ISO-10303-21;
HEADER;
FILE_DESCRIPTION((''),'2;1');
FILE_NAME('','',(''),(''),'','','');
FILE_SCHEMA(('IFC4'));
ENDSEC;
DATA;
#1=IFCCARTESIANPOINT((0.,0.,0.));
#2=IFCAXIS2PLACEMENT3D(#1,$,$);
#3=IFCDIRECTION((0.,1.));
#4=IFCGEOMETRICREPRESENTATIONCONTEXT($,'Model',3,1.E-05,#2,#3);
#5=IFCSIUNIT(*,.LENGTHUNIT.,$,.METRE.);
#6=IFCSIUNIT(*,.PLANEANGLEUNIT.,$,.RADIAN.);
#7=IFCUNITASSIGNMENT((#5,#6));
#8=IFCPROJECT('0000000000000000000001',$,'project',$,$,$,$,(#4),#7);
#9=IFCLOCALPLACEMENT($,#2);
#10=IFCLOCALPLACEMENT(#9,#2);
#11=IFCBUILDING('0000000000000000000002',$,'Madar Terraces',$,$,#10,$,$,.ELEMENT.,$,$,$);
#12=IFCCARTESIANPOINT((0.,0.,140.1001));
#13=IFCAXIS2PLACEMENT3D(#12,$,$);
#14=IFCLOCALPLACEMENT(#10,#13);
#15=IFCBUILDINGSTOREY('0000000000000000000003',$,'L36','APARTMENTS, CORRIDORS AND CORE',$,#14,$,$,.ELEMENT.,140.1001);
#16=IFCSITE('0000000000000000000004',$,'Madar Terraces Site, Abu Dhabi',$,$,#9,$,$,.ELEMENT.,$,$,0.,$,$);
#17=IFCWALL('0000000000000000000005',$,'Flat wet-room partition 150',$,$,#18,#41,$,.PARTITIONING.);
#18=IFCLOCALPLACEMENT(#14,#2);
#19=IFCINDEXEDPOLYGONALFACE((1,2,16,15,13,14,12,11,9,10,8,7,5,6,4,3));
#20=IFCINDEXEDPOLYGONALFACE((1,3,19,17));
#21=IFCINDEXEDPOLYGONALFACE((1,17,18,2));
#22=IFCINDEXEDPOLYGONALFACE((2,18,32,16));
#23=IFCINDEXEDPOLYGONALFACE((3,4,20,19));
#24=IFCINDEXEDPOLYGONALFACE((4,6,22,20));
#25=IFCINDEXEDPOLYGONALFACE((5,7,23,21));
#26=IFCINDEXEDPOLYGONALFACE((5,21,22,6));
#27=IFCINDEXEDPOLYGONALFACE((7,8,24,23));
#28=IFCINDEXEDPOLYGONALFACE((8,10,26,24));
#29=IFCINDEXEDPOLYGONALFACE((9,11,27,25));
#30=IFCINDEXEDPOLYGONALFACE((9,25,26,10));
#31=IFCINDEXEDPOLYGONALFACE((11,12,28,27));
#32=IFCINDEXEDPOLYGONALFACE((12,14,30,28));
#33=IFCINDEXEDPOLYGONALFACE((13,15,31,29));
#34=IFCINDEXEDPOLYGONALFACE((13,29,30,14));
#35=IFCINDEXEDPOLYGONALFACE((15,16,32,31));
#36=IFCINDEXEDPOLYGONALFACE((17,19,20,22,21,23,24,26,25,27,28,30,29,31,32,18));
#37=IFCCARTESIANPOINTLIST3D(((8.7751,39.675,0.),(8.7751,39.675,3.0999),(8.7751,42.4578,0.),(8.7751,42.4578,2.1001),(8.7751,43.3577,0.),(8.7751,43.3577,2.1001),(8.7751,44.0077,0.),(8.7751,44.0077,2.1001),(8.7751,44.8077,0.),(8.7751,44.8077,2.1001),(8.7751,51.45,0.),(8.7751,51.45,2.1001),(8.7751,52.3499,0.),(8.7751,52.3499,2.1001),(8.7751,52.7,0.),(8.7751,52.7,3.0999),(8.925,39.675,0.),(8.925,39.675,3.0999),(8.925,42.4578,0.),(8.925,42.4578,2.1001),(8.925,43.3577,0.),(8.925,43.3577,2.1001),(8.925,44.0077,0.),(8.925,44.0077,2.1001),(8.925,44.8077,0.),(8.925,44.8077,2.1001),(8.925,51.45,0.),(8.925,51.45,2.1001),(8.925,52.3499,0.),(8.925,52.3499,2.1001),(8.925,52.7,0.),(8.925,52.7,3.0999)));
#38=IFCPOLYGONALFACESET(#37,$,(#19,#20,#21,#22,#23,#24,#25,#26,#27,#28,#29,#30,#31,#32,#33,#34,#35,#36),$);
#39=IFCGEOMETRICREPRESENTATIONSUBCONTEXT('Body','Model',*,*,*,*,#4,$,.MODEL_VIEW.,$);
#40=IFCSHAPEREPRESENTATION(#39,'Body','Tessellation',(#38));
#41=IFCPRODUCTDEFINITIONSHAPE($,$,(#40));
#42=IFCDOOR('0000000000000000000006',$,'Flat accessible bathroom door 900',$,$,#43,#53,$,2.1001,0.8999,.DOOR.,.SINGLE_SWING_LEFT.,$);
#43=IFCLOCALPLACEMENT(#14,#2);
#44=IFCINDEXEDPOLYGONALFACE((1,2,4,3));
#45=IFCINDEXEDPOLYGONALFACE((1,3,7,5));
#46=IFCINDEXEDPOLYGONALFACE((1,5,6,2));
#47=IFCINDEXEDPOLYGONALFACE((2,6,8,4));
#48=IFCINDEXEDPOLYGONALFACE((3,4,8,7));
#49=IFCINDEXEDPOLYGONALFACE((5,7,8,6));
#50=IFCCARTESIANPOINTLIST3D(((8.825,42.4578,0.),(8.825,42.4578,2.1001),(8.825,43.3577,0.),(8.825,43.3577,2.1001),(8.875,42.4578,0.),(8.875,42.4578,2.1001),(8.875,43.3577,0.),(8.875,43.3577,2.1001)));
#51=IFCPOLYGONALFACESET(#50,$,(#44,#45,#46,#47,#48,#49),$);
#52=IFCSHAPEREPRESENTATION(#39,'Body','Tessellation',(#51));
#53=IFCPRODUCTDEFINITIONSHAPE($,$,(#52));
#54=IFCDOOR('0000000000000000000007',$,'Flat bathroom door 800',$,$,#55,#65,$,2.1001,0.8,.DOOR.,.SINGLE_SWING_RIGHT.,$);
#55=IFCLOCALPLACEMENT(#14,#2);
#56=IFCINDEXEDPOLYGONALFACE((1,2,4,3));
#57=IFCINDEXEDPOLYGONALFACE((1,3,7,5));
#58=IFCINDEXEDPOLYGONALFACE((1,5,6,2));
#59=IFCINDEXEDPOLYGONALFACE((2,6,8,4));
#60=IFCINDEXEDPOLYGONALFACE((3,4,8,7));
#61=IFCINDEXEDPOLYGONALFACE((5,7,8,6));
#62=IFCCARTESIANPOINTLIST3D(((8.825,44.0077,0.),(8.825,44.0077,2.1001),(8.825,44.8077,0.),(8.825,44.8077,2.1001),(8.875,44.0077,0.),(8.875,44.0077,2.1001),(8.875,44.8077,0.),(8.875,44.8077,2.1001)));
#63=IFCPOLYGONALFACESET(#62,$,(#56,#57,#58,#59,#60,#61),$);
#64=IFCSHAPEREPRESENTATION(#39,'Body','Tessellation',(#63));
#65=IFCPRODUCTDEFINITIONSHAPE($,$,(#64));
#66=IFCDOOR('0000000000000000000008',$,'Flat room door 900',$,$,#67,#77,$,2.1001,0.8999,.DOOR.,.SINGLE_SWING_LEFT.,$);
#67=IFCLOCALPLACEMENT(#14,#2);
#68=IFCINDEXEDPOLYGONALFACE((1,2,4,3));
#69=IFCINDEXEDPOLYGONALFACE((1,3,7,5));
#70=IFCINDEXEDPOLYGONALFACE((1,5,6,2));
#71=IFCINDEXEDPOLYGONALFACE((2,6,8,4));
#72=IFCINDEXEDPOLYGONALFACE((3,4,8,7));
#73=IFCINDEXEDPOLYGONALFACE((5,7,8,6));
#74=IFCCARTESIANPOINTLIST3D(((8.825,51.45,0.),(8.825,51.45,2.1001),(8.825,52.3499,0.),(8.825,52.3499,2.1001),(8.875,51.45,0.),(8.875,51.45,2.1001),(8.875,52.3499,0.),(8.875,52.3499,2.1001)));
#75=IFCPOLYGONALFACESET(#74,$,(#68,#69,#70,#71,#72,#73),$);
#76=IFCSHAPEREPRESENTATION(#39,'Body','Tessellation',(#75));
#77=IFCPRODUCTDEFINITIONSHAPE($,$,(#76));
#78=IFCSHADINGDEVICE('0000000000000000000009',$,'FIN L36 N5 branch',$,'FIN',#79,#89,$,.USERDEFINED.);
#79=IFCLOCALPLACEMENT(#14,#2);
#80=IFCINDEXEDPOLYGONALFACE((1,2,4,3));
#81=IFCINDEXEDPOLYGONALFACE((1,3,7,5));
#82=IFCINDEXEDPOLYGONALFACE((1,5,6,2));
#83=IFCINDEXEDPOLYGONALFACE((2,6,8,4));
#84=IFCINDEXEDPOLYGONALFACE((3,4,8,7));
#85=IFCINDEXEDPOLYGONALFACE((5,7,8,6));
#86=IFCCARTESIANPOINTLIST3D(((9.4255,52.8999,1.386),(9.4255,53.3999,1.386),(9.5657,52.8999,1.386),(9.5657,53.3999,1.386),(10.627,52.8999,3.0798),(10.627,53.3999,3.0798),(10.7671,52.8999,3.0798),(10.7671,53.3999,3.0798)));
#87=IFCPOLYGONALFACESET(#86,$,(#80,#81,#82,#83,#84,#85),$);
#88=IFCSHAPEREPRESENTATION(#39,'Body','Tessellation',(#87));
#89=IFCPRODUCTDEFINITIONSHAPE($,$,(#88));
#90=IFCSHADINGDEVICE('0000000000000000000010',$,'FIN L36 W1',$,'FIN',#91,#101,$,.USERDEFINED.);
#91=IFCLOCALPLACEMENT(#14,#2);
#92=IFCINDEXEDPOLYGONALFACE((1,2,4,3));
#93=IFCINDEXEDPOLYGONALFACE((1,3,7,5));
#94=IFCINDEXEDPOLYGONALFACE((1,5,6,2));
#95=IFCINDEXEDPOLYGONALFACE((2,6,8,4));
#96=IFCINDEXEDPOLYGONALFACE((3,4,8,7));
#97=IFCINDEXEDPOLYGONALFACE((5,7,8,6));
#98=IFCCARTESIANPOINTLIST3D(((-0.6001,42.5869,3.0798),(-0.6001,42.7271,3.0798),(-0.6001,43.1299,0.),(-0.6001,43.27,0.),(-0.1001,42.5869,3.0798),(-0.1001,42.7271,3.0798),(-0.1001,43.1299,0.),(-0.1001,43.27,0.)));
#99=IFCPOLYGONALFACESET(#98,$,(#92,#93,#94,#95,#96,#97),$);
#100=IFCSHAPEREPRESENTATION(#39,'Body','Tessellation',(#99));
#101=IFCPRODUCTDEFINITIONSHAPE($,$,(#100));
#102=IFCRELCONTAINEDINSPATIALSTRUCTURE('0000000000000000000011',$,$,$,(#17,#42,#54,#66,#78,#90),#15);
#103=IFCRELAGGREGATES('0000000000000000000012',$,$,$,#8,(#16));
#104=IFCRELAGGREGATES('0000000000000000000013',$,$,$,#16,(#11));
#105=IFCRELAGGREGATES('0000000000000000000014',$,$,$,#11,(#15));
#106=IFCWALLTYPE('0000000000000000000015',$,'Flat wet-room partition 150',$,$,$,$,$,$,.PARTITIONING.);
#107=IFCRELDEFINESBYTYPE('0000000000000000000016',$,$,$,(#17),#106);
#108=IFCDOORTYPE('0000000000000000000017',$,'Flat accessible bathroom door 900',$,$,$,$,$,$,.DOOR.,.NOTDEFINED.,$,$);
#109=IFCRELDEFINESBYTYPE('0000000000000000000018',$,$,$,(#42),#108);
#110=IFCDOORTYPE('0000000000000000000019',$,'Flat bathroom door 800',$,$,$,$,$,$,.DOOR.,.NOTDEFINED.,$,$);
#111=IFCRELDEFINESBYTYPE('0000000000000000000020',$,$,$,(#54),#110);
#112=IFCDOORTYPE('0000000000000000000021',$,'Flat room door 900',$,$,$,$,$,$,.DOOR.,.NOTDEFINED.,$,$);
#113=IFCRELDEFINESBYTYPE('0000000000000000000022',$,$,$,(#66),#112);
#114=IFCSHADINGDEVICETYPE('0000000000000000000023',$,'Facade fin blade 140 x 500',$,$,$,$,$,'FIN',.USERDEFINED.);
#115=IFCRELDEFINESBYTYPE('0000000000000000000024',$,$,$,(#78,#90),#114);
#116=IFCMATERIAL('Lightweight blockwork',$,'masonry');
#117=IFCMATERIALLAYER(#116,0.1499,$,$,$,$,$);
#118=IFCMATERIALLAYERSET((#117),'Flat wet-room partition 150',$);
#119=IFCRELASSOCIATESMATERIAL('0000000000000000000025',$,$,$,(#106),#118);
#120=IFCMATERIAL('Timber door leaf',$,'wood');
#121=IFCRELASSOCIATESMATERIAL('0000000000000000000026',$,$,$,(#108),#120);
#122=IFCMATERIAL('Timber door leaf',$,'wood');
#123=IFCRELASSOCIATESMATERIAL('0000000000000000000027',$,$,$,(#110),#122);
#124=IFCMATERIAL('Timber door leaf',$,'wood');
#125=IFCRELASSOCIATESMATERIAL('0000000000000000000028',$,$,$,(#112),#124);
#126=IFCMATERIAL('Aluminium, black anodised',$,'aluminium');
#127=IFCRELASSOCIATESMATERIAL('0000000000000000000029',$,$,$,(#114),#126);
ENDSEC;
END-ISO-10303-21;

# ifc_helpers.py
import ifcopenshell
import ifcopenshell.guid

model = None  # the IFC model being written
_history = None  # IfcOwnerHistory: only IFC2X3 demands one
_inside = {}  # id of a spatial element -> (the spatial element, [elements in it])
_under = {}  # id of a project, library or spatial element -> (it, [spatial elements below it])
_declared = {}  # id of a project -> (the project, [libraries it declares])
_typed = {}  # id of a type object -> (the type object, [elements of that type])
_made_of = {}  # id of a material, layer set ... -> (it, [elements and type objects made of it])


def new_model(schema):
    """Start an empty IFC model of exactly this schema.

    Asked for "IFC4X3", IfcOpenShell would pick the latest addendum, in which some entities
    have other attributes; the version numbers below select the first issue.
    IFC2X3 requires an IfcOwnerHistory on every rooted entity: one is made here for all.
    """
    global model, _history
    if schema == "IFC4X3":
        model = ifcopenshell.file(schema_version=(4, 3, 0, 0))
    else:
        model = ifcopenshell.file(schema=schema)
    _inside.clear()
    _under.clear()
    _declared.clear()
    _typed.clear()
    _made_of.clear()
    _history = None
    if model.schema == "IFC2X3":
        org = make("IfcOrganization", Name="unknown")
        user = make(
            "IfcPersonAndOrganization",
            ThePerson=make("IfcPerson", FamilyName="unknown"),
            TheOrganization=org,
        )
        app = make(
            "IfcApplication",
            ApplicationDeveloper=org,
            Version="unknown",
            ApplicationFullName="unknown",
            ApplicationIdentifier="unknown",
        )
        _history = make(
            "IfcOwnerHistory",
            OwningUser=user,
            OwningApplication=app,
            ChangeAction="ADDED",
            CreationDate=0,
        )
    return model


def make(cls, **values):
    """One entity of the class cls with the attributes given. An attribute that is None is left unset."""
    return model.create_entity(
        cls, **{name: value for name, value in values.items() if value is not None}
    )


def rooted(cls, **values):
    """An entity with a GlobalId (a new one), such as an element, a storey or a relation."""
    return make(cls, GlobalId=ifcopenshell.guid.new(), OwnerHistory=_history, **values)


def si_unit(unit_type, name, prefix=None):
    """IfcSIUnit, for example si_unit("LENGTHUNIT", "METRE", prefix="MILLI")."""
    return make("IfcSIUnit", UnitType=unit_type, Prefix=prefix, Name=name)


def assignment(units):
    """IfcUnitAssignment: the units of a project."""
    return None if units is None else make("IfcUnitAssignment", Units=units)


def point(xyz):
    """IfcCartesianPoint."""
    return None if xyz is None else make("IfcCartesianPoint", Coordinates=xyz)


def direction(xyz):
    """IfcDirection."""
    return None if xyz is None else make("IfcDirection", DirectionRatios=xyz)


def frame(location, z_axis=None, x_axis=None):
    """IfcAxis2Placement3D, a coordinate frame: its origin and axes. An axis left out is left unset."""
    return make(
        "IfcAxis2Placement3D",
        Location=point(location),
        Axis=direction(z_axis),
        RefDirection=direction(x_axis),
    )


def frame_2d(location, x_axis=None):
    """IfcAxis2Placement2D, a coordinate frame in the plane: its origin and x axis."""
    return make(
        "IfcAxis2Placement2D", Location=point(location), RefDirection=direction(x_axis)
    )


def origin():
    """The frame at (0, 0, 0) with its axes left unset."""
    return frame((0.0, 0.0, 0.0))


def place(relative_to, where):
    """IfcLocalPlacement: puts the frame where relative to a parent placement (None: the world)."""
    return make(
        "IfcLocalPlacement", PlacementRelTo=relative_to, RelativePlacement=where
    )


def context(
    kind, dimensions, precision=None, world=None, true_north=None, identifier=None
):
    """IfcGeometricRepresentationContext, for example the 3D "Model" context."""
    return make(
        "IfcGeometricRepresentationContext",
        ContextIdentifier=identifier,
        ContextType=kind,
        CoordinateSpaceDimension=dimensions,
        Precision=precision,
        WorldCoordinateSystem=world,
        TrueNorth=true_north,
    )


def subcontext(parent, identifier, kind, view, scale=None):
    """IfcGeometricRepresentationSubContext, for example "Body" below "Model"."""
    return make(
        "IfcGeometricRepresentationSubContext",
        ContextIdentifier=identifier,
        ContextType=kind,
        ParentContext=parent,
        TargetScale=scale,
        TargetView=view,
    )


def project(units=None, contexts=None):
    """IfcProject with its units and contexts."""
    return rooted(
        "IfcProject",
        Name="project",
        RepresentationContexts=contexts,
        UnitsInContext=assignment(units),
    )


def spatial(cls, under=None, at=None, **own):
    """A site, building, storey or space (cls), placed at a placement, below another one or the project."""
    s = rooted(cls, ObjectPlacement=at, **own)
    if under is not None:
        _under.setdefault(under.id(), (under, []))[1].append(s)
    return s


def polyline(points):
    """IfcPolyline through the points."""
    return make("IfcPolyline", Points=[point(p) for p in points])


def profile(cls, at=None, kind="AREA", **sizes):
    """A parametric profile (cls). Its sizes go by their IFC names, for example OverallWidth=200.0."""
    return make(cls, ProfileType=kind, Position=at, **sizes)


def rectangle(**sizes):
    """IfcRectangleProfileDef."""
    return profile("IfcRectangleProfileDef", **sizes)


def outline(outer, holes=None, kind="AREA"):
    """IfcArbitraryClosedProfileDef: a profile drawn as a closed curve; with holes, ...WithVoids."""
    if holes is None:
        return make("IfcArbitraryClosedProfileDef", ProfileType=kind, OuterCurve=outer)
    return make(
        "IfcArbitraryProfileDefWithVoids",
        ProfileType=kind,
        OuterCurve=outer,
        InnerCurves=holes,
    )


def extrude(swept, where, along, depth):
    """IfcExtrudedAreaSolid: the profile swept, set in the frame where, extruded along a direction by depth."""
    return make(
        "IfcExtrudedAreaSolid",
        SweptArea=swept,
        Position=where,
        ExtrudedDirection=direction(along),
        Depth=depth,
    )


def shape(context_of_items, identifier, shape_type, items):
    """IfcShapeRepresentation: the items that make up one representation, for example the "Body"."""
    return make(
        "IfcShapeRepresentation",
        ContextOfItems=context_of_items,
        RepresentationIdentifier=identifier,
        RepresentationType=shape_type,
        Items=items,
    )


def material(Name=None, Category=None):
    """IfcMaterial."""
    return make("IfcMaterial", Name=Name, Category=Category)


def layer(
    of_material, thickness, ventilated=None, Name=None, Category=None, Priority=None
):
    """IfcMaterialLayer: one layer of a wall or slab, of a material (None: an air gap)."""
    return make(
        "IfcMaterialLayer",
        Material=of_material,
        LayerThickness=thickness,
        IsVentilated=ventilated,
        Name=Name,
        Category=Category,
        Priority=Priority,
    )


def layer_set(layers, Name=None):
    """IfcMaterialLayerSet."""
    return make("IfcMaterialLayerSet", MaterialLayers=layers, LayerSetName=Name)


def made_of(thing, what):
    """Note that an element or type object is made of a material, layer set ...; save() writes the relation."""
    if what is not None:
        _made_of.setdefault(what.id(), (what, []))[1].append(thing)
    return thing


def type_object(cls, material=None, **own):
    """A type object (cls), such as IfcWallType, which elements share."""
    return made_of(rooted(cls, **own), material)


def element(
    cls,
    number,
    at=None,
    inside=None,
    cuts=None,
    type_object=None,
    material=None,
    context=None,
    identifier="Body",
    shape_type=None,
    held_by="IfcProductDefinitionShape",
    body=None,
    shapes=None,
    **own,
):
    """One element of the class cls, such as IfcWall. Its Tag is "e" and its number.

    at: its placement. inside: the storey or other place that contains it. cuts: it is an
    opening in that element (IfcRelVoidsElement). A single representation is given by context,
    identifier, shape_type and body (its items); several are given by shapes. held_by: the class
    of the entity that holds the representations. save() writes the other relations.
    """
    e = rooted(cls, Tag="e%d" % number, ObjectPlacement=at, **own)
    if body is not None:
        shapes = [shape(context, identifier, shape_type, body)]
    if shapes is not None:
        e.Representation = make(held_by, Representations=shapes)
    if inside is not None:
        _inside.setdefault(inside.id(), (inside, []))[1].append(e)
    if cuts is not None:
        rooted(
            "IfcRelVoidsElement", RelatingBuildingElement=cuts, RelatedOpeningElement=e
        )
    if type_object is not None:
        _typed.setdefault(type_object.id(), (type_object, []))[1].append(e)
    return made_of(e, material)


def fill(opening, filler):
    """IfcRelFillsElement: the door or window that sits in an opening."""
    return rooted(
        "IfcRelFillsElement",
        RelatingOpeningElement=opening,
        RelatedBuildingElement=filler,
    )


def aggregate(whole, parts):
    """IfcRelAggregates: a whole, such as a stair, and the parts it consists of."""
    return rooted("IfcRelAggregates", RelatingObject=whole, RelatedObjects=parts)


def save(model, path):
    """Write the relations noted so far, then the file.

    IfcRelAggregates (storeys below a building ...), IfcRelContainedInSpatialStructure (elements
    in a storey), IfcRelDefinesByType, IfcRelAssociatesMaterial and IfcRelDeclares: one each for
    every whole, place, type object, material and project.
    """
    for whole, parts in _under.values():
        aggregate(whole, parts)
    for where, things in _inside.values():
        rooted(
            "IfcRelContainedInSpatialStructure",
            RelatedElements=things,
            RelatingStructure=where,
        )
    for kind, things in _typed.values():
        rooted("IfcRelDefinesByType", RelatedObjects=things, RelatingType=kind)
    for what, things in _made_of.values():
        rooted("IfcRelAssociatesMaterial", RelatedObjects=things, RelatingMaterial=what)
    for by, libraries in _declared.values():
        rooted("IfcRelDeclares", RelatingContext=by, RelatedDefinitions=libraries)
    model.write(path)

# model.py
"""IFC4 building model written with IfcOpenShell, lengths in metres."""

from ifc_helpers import new_model, si_unit, direction, frame, frame_2d, origin, place, context, subcontext, project, spatial, polyline, rectangle, outline, extrude, material, layer, layer_set, type_object, element, fill, save


model = new_model("IFC4")

# Units and contexts
model_context = context("Model", 3, precision=1e-05, world=origin(), true_north=direction((0.0, 1.0)))
body_context = subcontext(model_context, "Body", "Model", "MODEL_VIEW")
ifc_project = project(units=[si_unit("LENGTHUNIT", "METRE"), si_unit("PLANEANGLEUNIT", "RADIAN")], contexts=[model_context])

# Site, building, storey
site_placement = place(None, origin())
site = spatial("IfcSite", under=ifc_project, at=site_placement, Name="Madar Terraces Site, Abu Dhabi", CompositionType="ELEMENT", RefElevation=0.0)
building_placement = place(site_placement, origin())
building = spatial("IfcBuilding", under=site, at=building_placement, Name="Madar Terraces", CompositionType="ELEMENT")
storey_placement = place(building_placement, frame((0.0, 0.0, 140.1001)))
storey = spatial("IfcBuildingStorey", under=building, at=storey_placement, Name="L36", Description="APARTMENTS, CORRIDORS AND CORE", CompositionType="ELEMENT", Elevation=140.1001)

# Wall, openings, doors
ifc_material_1 = material(Name="Lightweight blockwork", Category="masonry")
ifc_layer_1 = layer(ifc_material_1, 0.1499)
ifc_layer_set_1 = layer_set([ifc_layer_1], Name="Flat wet-room partition 150")
wall_type_1 = type_object("IfcWallType", Name="Flat wet-room partition 150", PredefinedType="PARTITIONING", material=ifc_layer_set_1)
wall_1_placement = place(storey_placement, frame((8.8501, 52.7, 0.0), z_axis=(0.0, 0.0, 1.0), x_axis=(0.0, -1.0, 0.0)))
wall_1 = element("IfcWall", 1, at=wall_1_placement, inside=storey, type_object=wall_type_1, Name="Flat wet-room partition 150", PredefinedType="PARTITIONING", context=body_context, shape_type="SweptSolid", body=[
    extrude(rectangle(XDim=13.0249, YDim=0.1499, at=frame_2d((6.5125, 0.0))), origin(), (0.0, 0.0, 1.0), 3.0999),
])
opening_1_placement = place(wall_1_placement, frame((9.3423, 0.0, 0.0)))
opening_1 = element("IfcOpeningElement", 2, at=opening_1_placement, cuts=wall_1, PredefinedType="OPENING", context=body_context, shape_type="SweptSolid", body=[
    extrude(rectangle(XDim=0.8999, YDim=2.1001, at=frame_2d((0.45, 1.05))), frame((0.0, 0.085, 0.0), z_axis=(0.0, -1.0, 0.0), x_axis=(1.0, 0.0, 0.0)), (0.0, 0.0, 1.0), 0.1699),
])
opening_2_placement = place(wall_1_placement, frame((7.8923, 0.0, 0.0)))
opening_2 = element("IfcOpeningElement", 3, at=opening_2_placement, cuts=wall_1, PredefinedType="OPENING", context=body_context, shape_type="SweptSolid", body=[
    extrude(rectangle(XDim=0.8, YDim=2.1001, at=frame_2d((0.3999, 1.05))), frame((0.0, 0.085, 0.0), z_axis=(0.0, -1.0, 0.0), x_axis=(1.0, 0.0, 0.0)), (0.0, 0.0, 1.0), 0.1699),
])
opening_3_placement = place(wall_1_placement, frame((0.3501, 0.0, 0.0)))
opening_3 = element("IfcOpeningElement", 4, at=opening_3_placement, cuts=wall_1, PredefinedType="OPENING", context=body_context, shape_type="SweptSolid", body=[
    extrude(rectangle(XDim=0.8999, YDim=2.1001, at=frame_2d((0.45, 1.05))), frame((0.0, 0.085, 0.0), z_axis=(0.0, -1.0, 0.0), x_axis=(1.0, 0.0, 0.0)), (0.0, 0.0, 1.0), 0.1699),
])
ifc_material_2 = material(Name="Timber door leaf", Category="wood")
door_type_1 = type_object("IfcDoorType", Name="Flat accessible bathroom door 900", OperationType="NOTDEFINED", PredefinedType="DOOR", material=ifc_material_2)
door_1_placement = place(opening_1_placement, origin())
door_1 = element("IfcDoor", 5, at=door_1_placement, inside=storey, type_object=door_type_1, Name="Flat accessible bathroom door 900", OperationType="SINGLE_SWING_LEFT", OverallHeight=2.1001, OverallWidth=0.8999, PredefinedType="DOOR", context=body_context, shape_type="SweptSolid", body=[
    extrude(rectangle(XDim=0.8999, YDim=2.1001, at=frame_2d((0.45, 1.05))), frame((0.0, 0.0249, 0.0), z_axis=(0.0, -1.0, 0.0), x_axis=(1.0, 0.0, 0.0)), (0.0, 0.0, 1.0), 0.05),
])
fill(opening_1, door_1)
ifc_material_3 = material(Name="Timber door leaf", Category="wood")
door_type_2 = type_object("IfcDoorType", Name="Flat bathroom door 800", OperationType="NOTDEFINED", PredefinedType="DOOR", material=ifc_material_3)
door_2_placement = place(opening_2_placement, origin())
door_2 = element("IfcDoor", 6, at=door_2_placement, inside=storey, type_object=door_type_2, Name="Flat bathroom door 800", OperationType="SINGLE_SWING_RIGHT", OverallHeight=2.1001, OverallWidth=0.8, PredefinedType="DOOR", context=body_context, shape_type="SweptSolid", body=[
    extrude(rectangle(XDim=0.8, YDim=2.1001, at=frame_2d((0.3999, 1.05))), frame((0.0, 0.0249, 0.0), z_axis=(0.0, -1.0, 0.0), x_axis=(1.0, 0.0, 0.0)), (0.0, 0.0, 1.0), 0.05),
])
fill(opening_2, door_2)
ifc_material_4 = material(Name="Timber door leaf", Category="wood")
door_type_3 = type_object("IfcDoorType", Name="Flat room door 900", OperationType="NOTDEFINED", PredefinedType="DOOR", material=ifc_material_4)
door_3_placement = place(opening_3_placement, origin())
door_3 = element("IfcDoor", 7, at=door_3_placement, inside=storey, type_object=door_type_3, Name="Flat room door 900", OperationType="SINGLE_SWING_LEFT", OverallHeight=2.1001, OverallWidth=0.8999, PredefinedType="DOOR", context=body_context, shape_type="SweptSolid", body=[
    extrude(rectangle(XDim=0.8999, YDim=2.1001, at=frame_2d((0.45, 1.05))), frame((0.0, 0.0249, 0.0), z_axis=(0.0, -1.0, 0.0), x_axis=(1.0, 0.0, 0.0)), (0.0, 0.0, 1.0), 0.05),
])
fill(opening_3, door_3)

# Shading devices
ifc_material_5 = material(Name="Aluminium, black anodised", Category="aluminium")
shading_device_type = type_object("IfcShadingDeviceType", Name="Facade fin blade 140 x 500", ElementType="FIN", PredefinedType="USERDEFINED", material=ifc_material_5)
shading_device_1_placement = place(storey_placement, frame((9.5657, 53.1499, 1.386), z_axis=(0.0, 0.0, 1.0), x_axis=(-1.0, 0.0, 0.0)))
element("IfcShadingDevice", 8, at=shading_device_1_placement, inside=storey, type_object=shading_device_type, Name="FIN L36 N5 branch", ObjectType="FIN", PredefinedType="USERDEFINED", context=body_context, shape_type="SweptSolid", body=[
    extrude(outline(polyline([(0.0, 0.0), (0.1401, 0.0), (-1.0613, 1.6938), (-1.2014, 1.6938), (0.0, 0.0)])), frame((0.0, 0.25, 0.0), z_axis=(0.0, -1.0, 0.0), x_axis=(1.0, 0.0, 0.0)), (0.0, 0.0, 1.0), 0.5),
])
shading_device_2_placement = place(storey_placement, frame((-0.3501, 43.27, 0.0), z_axis=(0.0, 0.0, 1.0), x_axis=(0.0, -1.0, 0.0)))
element("IfcShadingDevice", 9, at=shading_device_2_placement, inside=storey, type_object=shading_device_type, Name="FIN L36 W1", ObjectType="FIN", PredefinedType="USERDEFINED", context=body_context, shape_type="SweptSolid", body=[
    extrude(outline(polyline([(0.0, 0.0), (0.1401, 0.0), (0.6831, 3.0798), (0.543, 3.0798), (0.0, 0.0)])), frame((0.0, 0.25, 0.0), z_axis=(0.0, -1.0, 0.0), x_axis=(1.0, 0.0, 0.0)), (0.0, 0.0, 1.0), 0.5),
])

save(model, "model.ifc")
